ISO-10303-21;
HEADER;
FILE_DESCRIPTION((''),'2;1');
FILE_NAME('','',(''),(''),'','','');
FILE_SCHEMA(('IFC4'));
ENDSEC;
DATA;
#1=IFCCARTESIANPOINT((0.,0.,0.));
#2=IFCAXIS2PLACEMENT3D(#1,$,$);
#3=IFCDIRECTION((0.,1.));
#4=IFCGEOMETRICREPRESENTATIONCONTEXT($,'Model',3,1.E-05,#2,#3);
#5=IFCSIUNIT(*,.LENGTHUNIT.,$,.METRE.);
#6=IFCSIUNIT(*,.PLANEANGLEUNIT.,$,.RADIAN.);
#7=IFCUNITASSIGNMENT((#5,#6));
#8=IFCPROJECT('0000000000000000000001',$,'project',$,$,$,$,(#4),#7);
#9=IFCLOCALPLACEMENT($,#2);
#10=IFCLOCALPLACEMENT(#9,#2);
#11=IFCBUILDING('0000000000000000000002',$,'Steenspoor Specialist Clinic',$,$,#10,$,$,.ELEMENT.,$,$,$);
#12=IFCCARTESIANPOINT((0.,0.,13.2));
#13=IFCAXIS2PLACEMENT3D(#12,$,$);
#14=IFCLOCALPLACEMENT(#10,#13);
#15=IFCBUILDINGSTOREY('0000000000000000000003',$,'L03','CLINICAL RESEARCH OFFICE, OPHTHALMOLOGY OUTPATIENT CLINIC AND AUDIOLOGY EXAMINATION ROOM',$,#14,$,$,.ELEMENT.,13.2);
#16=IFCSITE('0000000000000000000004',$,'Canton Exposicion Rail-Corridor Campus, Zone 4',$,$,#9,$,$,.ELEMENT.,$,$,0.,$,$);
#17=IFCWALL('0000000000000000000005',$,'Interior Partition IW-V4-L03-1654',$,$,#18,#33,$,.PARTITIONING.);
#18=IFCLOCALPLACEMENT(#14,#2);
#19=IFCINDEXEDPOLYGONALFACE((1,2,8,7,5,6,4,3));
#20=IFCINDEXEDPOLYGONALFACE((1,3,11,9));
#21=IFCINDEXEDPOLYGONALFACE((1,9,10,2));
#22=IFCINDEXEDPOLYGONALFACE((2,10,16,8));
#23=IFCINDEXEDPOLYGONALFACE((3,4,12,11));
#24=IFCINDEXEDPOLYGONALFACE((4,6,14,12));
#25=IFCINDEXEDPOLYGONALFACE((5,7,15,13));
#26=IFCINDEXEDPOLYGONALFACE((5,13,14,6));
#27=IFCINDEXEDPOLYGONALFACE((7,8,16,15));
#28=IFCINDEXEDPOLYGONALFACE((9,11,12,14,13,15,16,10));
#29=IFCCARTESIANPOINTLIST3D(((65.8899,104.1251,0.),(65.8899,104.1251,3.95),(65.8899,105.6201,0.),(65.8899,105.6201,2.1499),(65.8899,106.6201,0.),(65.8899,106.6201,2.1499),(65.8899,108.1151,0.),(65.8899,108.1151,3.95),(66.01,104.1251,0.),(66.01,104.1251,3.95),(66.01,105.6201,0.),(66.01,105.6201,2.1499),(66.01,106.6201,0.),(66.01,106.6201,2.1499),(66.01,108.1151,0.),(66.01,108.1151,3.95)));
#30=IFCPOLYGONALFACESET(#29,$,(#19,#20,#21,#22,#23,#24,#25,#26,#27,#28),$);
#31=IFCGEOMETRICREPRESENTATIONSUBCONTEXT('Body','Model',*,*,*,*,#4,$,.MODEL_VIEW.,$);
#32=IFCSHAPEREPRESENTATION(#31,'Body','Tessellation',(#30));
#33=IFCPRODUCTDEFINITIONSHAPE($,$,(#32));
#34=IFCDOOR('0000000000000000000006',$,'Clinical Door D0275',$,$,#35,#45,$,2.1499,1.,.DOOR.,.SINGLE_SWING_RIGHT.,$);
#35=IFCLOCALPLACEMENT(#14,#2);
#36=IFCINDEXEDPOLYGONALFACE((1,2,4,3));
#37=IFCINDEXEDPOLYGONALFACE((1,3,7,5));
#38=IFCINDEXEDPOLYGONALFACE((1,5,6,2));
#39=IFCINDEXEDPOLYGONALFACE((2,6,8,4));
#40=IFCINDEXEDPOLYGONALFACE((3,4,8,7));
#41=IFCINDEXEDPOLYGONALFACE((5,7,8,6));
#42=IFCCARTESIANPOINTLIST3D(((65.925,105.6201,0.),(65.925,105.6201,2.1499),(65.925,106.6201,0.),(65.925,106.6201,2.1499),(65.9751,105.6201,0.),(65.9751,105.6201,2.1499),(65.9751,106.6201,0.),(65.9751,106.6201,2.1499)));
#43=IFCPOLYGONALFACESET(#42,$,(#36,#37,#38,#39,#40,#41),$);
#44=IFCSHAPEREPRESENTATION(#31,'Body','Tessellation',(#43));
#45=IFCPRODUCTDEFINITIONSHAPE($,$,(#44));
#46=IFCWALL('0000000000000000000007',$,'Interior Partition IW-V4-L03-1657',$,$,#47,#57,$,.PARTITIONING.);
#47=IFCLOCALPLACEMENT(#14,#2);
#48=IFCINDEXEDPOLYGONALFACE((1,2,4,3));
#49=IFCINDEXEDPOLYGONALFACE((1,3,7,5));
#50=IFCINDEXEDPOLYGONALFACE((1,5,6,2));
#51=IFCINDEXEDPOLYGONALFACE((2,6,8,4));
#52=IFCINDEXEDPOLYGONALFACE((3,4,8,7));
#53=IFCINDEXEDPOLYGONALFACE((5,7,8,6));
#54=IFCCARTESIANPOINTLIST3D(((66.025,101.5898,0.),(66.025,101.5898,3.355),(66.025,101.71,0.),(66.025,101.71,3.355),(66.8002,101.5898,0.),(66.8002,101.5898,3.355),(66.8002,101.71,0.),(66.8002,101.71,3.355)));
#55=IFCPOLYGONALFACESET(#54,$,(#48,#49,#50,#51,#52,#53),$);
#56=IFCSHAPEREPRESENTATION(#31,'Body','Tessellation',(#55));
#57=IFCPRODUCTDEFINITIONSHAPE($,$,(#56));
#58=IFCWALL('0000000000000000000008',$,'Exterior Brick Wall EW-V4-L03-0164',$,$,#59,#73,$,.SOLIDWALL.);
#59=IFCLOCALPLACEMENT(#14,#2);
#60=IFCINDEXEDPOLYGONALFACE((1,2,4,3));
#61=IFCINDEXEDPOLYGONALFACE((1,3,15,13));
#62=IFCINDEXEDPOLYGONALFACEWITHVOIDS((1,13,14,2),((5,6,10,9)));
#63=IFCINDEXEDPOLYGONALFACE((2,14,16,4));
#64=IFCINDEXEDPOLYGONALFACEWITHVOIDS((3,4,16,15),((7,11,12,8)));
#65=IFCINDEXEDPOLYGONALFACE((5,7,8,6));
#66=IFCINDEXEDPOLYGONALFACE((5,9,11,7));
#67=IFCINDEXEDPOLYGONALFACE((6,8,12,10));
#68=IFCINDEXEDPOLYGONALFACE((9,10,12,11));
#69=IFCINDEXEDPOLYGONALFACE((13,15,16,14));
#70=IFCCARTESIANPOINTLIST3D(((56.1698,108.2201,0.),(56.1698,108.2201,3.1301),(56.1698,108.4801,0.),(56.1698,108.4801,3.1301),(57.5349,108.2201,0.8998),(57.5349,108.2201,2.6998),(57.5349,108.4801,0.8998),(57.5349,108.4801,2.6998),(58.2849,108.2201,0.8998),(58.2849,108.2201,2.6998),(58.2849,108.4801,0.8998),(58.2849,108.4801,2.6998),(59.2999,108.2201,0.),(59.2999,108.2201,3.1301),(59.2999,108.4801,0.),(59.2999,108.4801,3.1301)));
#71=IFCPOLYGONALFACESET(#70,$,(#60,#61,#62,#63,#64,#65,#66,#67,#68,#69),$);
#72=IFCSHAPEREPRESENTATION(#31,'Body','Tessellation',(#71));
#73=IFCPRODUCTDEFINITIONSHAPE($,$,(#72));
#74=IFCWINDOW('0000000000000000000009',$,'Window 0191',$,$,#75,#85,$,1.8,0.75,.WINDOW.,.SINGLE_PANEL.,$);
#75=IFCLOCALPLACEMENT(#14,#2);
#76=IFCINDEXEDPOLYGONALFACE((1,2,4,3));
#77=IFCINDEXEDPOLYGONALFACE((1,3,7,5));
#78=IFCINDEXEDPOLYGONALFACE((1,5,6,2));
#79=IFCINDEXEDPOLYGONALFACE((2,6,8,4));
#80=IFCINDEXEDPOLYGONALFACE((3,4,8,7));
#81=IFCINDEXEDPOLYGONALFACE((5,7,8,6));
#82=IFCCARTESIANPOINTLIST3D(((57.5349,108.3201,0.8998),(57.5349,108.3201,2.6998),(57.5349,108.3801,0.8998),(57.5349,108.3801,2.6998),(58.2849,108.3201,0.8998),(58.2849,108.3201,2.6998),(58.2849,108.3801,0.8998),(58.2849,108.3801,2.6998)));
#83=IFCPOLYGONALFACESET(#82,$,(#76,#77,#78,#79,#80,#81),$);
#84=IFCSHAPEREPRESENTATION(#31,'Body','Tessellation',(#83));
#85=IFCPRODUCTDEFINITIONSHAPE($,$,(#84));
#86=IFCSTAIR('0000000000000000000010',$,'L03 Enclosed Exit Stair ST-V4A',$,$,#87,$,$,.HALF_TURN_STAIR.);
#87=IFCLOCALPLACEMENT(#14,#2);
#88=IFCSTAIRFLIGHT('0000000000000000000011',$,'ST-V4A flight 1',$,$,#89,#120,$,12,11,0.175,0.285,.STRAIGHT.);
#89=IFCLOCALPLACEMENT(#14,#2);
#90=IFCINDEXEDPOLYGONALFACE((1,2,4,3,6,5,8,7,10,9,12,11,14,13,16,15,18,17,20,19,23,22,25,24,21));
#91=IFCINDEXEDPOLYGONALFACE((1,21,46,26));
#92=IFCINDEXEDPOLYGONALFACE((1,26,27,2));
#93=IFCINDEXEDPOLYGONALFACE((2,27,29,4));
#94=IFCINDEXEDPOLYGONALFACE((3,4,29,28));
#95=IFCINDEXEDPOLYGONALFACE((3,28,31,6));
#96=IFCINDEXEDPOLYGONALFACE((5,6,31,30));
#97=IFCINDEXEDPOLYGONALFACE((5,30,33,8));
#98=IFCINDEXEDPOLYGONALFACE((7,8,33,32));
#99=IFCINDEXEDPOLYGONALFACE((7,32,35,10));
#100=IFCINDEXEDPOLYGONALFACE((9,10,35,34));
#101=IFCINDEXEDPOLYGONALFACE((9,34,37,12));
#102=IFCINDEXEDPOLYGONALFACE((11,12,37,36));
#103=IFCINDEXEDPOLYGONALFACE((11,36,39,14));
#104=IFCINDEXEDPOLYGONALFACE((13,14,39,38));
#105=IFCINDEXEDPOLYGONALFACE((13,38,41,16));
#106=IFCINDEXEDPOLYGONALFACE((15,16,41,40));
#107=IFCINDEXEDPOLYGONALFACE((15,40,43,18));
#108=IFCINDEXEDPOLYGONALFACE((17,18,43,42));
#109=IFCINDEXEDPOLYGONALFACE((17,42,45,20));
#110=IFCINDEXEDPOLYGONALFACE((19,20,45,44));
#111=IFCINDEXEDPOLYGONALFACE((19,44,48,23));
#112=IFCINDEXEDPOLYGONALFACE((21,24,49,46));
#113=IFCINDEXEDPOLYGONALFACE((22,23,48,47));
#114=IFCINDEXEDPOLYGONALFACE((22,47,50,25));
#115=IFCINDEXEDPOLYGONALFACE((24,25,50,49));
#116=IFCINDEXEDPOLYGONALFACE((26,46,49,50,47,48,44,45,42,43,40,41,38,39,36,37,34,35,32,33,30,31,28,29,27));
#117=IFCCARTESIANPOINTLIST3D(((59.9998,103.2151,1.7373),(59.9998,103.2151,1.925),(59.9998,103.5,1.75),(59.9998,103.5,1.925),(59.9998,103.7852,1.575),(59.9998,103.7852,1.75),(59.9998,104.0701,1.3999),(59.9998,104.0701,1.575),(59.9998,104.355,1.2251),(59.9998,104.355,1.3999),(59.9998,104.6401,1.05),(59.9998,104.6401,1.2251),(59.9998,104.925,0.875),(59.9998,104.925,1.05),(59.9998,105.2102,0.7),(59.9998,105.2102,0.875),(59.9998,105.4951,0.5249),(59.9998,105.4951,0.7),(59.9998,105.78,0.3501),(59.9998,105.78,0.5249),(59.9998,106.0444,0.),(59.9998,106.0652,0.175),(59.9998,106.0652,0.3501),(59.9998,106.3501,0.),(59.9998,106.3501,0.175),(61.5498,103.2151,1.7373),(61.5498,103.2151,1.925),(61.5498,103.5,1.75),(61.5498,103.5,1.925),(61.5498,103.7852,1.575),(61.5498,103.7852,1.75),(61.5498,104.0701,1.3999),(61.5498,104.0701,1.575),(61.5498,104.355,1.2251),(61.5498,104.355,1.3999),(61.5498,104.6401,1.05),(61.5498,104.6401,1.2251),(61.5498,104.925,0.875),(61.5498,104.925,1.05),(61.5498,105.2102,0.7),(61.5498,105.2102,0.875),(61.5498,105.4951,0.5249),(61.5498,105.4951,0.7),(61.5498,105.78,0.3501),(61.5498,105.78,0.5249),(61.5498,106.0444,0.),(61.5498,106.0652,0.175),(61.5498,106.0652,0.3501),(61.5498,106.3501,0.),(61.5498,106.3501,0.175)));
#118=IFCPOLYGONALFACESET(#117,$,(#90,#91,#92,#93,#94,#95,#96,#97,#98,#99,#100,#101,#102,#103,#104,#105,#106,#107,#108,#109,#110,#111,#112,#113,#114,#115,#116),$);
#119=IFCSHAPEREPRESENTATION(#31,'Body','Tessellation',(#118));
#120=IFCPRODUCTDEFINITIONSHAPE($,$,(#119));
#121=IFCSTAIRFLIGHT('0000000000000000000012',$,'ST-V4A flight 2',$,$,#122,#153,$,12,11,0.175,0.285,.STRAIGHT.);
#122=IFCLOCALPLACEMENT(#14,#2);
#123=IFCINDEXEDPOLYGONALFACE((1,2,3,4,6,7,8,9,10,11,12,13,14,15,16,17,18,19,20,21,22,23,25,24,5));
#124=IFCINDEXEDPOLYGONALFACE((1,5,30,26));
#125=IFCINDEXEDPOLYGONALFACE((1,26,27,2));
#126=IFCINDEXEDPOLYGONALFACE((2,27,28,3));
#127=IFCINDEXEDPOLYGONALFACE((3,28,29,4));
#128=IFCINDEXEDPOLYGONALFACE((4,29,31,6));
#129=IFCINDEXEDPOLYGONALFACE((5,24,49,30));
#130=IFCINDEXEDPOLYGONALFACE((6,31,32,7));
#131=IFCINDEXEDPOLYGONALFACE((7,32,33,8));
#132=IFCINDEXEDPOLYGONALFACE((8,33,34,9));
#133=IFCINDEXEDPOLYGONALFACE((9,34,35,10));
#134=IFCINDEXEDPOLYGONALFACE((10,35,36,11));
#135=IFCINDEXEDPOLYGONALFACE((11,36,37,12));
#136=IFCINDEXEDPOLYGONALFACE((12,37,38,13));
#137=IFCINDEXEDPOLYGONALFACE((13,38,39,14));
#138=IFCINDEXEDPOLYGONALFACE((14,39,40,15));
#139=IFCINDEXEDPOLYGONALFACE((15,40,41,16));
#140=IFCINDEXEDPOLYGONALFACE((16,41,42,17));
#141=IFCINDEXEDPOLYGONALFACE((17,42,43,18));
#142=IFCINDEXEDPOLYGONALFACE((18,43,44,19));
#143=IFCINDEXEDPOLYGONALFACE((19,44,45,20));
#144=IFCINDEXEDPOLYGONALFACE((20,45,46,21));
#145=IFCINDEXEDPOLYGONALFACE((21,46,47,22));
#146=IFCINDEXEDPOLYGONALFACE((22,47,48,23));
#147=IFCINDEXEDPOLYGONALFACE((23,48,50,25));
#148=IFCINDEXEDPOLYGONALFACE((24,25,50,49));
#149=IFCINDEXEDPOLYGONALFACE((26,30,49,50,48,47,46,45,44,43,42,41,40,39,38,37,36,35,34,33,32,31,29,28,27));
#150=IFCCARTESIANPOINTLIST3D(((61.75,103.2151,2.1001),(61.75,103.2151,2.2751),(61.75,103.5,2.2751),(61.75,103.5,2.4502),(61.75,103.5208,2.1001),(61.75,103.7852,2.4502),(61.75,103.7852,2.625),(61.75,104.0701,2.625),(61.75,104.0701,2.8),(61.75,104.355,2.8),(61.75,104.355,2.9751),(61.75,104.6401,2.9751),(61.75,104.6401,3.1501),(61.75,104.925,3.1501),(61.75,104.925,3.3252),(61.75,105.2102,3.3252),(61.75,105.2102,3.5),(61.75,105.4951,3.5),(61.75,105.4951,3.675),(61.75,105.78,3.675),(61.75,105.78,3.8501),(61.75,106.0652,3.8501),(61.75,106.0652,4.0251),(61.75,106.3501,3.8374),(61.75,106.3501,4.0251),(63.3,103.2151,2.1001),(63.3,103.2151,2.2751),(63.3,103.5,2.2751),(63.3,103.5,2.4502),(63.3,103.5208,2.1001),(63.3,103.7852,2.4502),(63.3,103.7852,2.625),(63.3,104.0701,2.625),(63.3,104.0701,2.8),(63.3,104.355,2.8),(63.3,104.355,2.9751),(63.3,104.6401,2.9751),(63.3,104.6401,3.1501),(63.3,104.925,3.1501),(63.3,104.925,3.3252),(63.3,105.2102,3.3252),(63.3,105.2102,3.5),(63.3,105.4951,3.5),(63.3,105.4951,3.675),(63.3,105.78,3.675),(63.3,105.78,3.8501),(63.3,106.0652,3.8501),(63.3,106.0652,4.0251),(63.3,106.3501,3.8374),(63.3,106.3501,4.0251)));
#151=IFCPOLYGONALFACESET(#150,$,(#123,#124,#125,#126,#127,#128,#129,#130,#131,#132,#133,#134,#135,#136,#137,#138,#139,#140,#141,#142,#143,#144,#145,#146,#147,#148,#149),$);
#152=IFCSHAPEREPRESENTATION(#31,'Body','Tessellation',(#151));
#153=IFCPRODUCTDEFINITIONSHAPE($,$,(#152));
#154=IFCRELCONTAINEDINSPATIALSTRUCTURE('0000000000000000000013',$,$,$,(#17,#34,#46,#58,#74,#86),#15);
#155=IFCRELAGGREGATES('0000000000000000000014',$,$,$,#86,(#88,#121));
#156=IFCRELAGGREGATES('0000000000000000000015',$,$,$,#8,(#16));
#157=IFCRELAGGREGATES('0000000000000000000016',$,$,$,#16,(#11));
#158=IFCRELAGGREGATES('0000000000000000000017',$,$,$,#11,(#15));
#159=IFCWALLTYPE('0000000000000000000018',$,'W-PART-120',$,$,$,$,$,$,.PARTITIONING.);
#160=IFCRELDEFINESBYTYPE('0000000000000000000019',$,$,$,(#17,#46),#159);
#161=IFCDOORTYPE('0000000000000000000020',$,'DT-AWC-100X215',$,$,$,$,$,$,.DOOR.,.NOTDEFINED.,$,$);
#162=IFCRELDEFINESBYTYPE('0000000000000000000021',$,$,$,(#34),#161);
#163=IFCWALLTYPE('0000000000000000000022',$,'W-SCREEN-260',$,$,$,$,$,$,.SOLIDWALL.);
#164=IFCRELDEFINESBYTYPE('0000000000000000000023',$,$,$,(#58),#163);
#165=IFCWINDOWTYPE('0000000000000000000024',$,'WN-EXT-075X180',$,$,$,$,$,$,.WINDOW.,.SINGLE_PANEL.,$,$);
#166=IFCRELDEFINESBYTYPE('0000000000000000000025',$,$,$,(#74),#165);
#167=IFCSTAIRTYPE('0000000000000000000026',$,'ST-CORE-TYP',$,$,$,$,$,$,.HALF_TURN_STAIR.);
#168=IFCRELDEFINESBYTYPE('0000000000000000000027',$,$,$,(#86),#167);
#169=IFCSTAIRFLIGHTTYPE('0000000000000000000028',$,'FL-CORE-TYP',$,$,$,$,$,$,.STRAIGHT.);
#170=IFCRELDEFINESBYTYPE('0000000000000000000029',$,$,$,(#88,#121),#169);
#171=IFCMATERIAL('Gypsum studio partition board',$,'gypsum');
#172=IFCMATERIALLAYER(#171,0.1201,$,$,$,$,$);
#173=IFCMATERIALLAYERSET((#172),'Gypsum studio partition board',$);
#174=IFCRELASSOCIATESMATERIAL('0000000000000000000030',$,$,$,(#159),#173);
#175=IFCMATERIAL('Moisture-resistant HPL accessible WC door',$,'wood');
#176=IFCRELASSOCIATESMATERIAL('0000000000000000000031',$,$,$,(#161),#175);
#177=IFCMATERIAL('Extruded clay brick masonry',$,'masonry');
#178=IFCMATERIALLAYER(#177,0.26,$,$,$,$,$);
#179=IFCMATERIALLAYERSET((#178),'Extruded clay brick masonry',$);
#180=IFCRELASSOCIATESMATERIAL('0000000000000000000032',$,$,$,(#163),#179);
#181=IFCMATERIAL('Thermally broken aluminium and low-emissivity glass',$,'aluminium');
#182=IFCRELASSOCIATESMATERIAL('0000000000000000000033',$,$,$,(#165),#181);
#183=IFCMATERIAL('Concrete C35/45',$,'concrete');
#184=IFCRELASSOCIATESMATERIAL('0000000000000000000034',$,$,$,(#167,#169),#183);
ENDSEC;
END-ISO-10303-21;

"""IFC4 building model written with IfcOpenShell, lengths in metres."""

from ifc_helpers import new_model, si_unit, direction, frame, frame_2d, origin, place, context, subcontext, project, spatial, polyline, rectangle, outline, extrude, material, layer, layer_set, type_object, element, fill, aggregate, save


model = new_model("IFC4")

# Units and contexts
model_context = context("Model", 3, precision=1e-05, world=origin(), true_north=direction((0.0, 1.0)))
body_context = subcontext(model_context, "Body", "Model", "MODEL_VIEW")
ifc_project = project(units=[si_unit("LENGTHUNIT", "METRE"), si_unit("PLANEANGLEUNIT", "RADIAN")], contexts=[model_context])

# Site, building, storey
site_placement = place(None, origin())
site = spatial("IfcSite", under=ifc_project, at=site_placement, Name="Canton Exposicion Rail-Corridor Campus, Zone 4", CompositionType="ELEMENT", RefElevation=0.0)
building_placement = place(site_placement, origin())
building = spatial("IfcBuilding", under=site, at=building_placement, Name="Steenspoor Specialist Clinic", CompositionType="ELEMENT")
storey_placement = place(building_placement, frame((0.0, 0.0, 13.2)))
storey = spatial("IfcBuildingStorey", under=building, at=storey_placement, Name="L03", Description="CLINICAL RESEARCH OFFICE, OPHTHALMOLOGY OUTPATIENT CLINIC AND AUDIOLOGY EXAMINATION ROOM", CompositionType="ELEMENT", Elevation=13.2)

# Shared definitions
ifc_material_1 = material(Name="Concrete C35/45", Category="concrete")

# Shared definitions
ifc_material_2 = material(Name="Extruded clay brick masonry", Category="masonry")
ifc_material_3 = material(Name="Thermally broken aluminium and low-emissivity glass", Category="aluminium")

# Shared definitions
ifc_material_4 = material(Name="Gypsum studio partition board", Category="gypsum")
ifc_layer_1 = layer(ifc_material_4, 0.1201)
ifc_layer_set_1 = layer_set([ifc_layer_1], Name="Gypsum studio partition board")
wall_type_1 = type_object("IfcWallType", Name="W-PART-120", PredefinedType="PARTITIONING", material=ifc_layer_set_1)

# Wall, opening, door
wall_1_placement = place(storey_placement, frame((65.95, 104.125, 0.0), z_axis=(0.0, 0.0, 1.0), x_axis=(0.0, 1.0, 0.0)))
wall_1 = element("IfcWall", 1, at=wall_1_placement, inside=storey, type_object=wall_type_1, Name="Interior Partition IW-V4-L03-1654", PredefinedType="PARTITIONING", context=body_context, shape_type="SweptSolid", body=[
    extrude(rectangle(XDim=3.99, YDim=0.1201, at=frame_2d((1.9951, 0.0))), origin(), (0.0, 0.0, 1.0), 3.95),
])
opening_1_placement = place(wall_1_placement, frame((1.4951, 0.0, 0.0)))
opening_1 = element("IfcOpeningElement", 2, at=opening_1_placement, cuts=wall_1, PredefinedType="OPENING", context=body_context, shape_type="SweptSolid", body=[
    extrude(rectangle(XDim=1.0, YDim=2.1499, at=frame_2d((0.5, 1.075))), frame((0.0, 0.0701, 0.0), z_axis=(0.0, -1.0, 0.0), x_axis=(1.0, 0.0, 0.0)), (0.0, 0.0, 1.0), 0.1401),
])
ifc_material_5 = material(Name="Moisture-resistant HPL accessible WC door", Category="wood")
door_type = type_object("IfcDoorType", Name="DT-AWC-100X215", OperationType="NOTDEFINED", PredefinedType="DOOR", material=ifc_material_5)
door_placement = place(opening_1_placement, origin())
door = element("IfcDoor", 3, at=door_placement, inside=storey, type_object=door_type, Name="Clinical Door D0275", OperationType="SINGLE_SWING_RIGHT", OverallHeight=2.1499, OverallWidth=1.0, PredefinedType="DOOR", context=body_context, shape_type="SweptSolid", body=[
    extrude(rectangle(XDim=1.0, YDim=2.1499, at=frame_2d((0.5, 1.075))), frame((0.0, 0.0249, 0.0), z_axis=(0.0, -1.0, 0.0), x_axis=(1.0, 0.0, 0.0)), (0.0, 0.0, 1.0), 0.05),
])
fill(opening_1, door)

# Wall
wall_2_placement = place(storey_placement, frame((66.0249, 101.6499, 0.0), z_axis=(0.0, 0.0, 1.0), x_axis=(1.0, 0.0, 0.0)))
element("IfcWall", 4, at=wall_2_placement, inside=storey, type_object=wall_type_1, Name="Interior Partition IW-V4-L03-1657", PredefinedType="PARTITIONING", context=body_context, shape_type="SweptSolid", body=[
    extrude(rectangle(XDim=0.7751, YDim=0.1201, at=frame_2d((0.3877, 0.0))), origin(), (0.0, 0.0, 1.0), 3.355),
])

# Wall, opening, window
ifc_layer_2 = layer(ifc_material_2, 0.26)
ifc_layer_set_2 = layer_set([ifc_layer_2], Name="Extruded clay brick masonry")
wall_type_2 = type_object("IfcWallType", Name="W-SCREEN-260", PredefinedType="SOLIDWALL", material=ifc_layer_set_2)
wall_3_placement = place(storey_placement, frame((56.1699, 108.3501, 0.0), z_axis=(0.0, 0.0, 1.0), x_axis=(1.0, 0.0, 0.0)))
wall_3 = element("IfcWall", 5, at=wall_3_placement, inside=storey, type_object=wall_type_2, Name="Exterior Brick Wall EW-V4-L03-0164", PredefinedType="SOLIDWALL", context=body_context, shape_type="SweptSolid", body=[
    extrude(rectangle(XDim=3.1301, YDim=0.26, at=frame_2d((1.5649, 0.0))), origin(), (0.0, 0.0, 1.0), 3.1301),
])
opening_2_placement = place(wall_3_placement, frame((1.365, 0.0, 0.8999)))
opening_2 = element("IfcOpeningElement", 6, at=opening_2_placement, cuts=wall_3, PredefinedType="OPENING", context=body_context, shape_type="SweptSolid", body=[
    extrude(rectangle(XDim=0.75, YDim=1.8, at=frame_2d((0.375, 0.8999))), frame((0.0, 0.1401, 0.0), z_axis=(0.0, -1.0, 0.0), x_axis=(1.0, 0.0, 0.0)), (0.0, 0.0, 1.0), 0.28),
])
window_type_1 = type_object("IfcWindowType", Name="WN-EXT-075X180", PartitioningType="SINGLE_PANEL", PredefinedType="WINDOW", material=ifc_material_3)
window_1_placement = place(opening_2_placement, origin())
window_1 = element("IfcWindow", 7, at=window_1_placement, inside=storey, type_object=window_type_1, Name="Window 0191", OverallHeight=1.8, OverallWidth=0.75, PartitioningType="SINGLE_PANEL", PredefinedType="WINDOW", context=body_context, shape_type="SweptSolid", body=[
    extrude(rectangle(XDim=0.75, YDim=1.8, at=frame_2d((0.375, 0.8999))), frame((0.0, 0.03, 0.0), z_axis=(0.0, -1.0, 0.0), x_axis=(1.0, 0.0, 0.0)), (0.0, 0.0, 1.0), 0.0601),
])
fill(opening_2, window_1)

# Stair, stair flights
stair_type = type_object("IfcStairType", Name="ST-CORE-TYP", PredefinedType="HALF_TURN_STAIR", material=ifc_material_1)
stair_placement = place(storey_placement, origin())
stair = element("IfcStair", 8, at=stair_placement, inside=storey, type_object=stair_type, Name="L03 Enclosed Exit Stair ST-V4A", PredefinedType="HALF_TURN_STAIR")
stair_flight_type = type_object("IfcStairFlightType", Name="FL-CORE-TYP", PredefinedType="STRAIGHT", material=ifc_material_1)
stair_flight_1_placement = place(storey_placement, frame((60.7749, 106.3501, 0.0), z_axis=(0.0, 0.0, 1.0), x_axis=(0.0, -1.0, 0.0)))
stair_flight_1 = element("IfcStairFlight", 9, at=stair_flight_1_placement, type_object=stair_flight_type, Name="ST-V4A flight 1", NumberOfRisers=12, NumberOfTreads=11, PredefinedType="STRAIGHT", RiserHeight=0.175, TreadLength=0.285, context=body_context, shape_type="SweptSolid", body=[
    extrude(outline(polyline([(0.0, 0.0), (0.0, 0.175), (0.2849, 0.175), (0.2849, 0.3501), (0.5701, 0.3501), (0.5701, 0.5249), (0.855, 0.5249), (0.855, 0.7), (1.1399, 0.7), (1.1399, 0.875), (1.425, 0.875), (1.425, 1.05), (1.71, 1.05), (1.71, 1.2251), (1.9951, 1.2251), (1.9951, 1.3999), (2.28, 1.3999), (2.28, 1.575), (2.5649, 1.575), (2.5649, 1.75), (2.8501, 1.75), (2.8501, 1.925), (3.135, 1.925), (3.135, 2.1001), (3.135, 1.7373), (0.3057, 0.0), (0.0, 0.0)])), frame((0.0, 0.7749, 0.0), z_axis=(0.0, -1.0, 0.0), x_axis=(1.0, 0.0, 0.0)), (0.0, 0.0, 1.0), 1.55),
])
stair_flight_2_placement = place(storey_placement, frame((62.5249, 103.2151, 2.1001), z_axis=(0.0, 0.0, 1.0), x_axis=(0.0, 1.0, 0.0)))
stair_flight_2 = element("IfcStairFlight", 10, at=stair_flight_2_placement, type_object=stair_flight_type, Name="ST-V4A flight 2", NumberOfRisers=12, NumberOfTreads=11, PredefinedType="STRAIGHT", RiserHeight=0.175, TreadLength=0.285, context=body_context, shape_type="SweptSolid", body=[
    extrude(outline(polyline([(0.0, 0.0), (0.0, 0.175), (0.2849, 0.175), (0.2849, 0.3501), (0.5701, 0.3501), (0.5701, 0.5249), (0.855, 0.5249), (0.855, 0.7), (1.1399, 0.7), (1.1399, 0.875), (1.425, 0.875), (1.425, 1.05), (1.71, 1.05), (1.71, 1.2251), (1.9951, 1.2251), (1.9951, 1.3999), (2.28, 1.3999), (2.28, 1.575), (2.5649, 1.575), (2.5649, 1.75), (2.8501, 1.75), (2.8501, 1.925), (3.135, 1.925), (3.135, 2.1001), (3.135, 1.7373), (0.3057, 0.0), (0.0, 0.0)])), frame((0.0, 0.7749, 0.0), z_axis=(0.0, -1.0, 0.0), x_axis=(1.0, 0.0, 0.0)), (0.0, 0.0, 1.0), 1.55),
])
aggregate(stair, [stair_flight_1, stair_flight_2])

save(model, "model.ifc")
